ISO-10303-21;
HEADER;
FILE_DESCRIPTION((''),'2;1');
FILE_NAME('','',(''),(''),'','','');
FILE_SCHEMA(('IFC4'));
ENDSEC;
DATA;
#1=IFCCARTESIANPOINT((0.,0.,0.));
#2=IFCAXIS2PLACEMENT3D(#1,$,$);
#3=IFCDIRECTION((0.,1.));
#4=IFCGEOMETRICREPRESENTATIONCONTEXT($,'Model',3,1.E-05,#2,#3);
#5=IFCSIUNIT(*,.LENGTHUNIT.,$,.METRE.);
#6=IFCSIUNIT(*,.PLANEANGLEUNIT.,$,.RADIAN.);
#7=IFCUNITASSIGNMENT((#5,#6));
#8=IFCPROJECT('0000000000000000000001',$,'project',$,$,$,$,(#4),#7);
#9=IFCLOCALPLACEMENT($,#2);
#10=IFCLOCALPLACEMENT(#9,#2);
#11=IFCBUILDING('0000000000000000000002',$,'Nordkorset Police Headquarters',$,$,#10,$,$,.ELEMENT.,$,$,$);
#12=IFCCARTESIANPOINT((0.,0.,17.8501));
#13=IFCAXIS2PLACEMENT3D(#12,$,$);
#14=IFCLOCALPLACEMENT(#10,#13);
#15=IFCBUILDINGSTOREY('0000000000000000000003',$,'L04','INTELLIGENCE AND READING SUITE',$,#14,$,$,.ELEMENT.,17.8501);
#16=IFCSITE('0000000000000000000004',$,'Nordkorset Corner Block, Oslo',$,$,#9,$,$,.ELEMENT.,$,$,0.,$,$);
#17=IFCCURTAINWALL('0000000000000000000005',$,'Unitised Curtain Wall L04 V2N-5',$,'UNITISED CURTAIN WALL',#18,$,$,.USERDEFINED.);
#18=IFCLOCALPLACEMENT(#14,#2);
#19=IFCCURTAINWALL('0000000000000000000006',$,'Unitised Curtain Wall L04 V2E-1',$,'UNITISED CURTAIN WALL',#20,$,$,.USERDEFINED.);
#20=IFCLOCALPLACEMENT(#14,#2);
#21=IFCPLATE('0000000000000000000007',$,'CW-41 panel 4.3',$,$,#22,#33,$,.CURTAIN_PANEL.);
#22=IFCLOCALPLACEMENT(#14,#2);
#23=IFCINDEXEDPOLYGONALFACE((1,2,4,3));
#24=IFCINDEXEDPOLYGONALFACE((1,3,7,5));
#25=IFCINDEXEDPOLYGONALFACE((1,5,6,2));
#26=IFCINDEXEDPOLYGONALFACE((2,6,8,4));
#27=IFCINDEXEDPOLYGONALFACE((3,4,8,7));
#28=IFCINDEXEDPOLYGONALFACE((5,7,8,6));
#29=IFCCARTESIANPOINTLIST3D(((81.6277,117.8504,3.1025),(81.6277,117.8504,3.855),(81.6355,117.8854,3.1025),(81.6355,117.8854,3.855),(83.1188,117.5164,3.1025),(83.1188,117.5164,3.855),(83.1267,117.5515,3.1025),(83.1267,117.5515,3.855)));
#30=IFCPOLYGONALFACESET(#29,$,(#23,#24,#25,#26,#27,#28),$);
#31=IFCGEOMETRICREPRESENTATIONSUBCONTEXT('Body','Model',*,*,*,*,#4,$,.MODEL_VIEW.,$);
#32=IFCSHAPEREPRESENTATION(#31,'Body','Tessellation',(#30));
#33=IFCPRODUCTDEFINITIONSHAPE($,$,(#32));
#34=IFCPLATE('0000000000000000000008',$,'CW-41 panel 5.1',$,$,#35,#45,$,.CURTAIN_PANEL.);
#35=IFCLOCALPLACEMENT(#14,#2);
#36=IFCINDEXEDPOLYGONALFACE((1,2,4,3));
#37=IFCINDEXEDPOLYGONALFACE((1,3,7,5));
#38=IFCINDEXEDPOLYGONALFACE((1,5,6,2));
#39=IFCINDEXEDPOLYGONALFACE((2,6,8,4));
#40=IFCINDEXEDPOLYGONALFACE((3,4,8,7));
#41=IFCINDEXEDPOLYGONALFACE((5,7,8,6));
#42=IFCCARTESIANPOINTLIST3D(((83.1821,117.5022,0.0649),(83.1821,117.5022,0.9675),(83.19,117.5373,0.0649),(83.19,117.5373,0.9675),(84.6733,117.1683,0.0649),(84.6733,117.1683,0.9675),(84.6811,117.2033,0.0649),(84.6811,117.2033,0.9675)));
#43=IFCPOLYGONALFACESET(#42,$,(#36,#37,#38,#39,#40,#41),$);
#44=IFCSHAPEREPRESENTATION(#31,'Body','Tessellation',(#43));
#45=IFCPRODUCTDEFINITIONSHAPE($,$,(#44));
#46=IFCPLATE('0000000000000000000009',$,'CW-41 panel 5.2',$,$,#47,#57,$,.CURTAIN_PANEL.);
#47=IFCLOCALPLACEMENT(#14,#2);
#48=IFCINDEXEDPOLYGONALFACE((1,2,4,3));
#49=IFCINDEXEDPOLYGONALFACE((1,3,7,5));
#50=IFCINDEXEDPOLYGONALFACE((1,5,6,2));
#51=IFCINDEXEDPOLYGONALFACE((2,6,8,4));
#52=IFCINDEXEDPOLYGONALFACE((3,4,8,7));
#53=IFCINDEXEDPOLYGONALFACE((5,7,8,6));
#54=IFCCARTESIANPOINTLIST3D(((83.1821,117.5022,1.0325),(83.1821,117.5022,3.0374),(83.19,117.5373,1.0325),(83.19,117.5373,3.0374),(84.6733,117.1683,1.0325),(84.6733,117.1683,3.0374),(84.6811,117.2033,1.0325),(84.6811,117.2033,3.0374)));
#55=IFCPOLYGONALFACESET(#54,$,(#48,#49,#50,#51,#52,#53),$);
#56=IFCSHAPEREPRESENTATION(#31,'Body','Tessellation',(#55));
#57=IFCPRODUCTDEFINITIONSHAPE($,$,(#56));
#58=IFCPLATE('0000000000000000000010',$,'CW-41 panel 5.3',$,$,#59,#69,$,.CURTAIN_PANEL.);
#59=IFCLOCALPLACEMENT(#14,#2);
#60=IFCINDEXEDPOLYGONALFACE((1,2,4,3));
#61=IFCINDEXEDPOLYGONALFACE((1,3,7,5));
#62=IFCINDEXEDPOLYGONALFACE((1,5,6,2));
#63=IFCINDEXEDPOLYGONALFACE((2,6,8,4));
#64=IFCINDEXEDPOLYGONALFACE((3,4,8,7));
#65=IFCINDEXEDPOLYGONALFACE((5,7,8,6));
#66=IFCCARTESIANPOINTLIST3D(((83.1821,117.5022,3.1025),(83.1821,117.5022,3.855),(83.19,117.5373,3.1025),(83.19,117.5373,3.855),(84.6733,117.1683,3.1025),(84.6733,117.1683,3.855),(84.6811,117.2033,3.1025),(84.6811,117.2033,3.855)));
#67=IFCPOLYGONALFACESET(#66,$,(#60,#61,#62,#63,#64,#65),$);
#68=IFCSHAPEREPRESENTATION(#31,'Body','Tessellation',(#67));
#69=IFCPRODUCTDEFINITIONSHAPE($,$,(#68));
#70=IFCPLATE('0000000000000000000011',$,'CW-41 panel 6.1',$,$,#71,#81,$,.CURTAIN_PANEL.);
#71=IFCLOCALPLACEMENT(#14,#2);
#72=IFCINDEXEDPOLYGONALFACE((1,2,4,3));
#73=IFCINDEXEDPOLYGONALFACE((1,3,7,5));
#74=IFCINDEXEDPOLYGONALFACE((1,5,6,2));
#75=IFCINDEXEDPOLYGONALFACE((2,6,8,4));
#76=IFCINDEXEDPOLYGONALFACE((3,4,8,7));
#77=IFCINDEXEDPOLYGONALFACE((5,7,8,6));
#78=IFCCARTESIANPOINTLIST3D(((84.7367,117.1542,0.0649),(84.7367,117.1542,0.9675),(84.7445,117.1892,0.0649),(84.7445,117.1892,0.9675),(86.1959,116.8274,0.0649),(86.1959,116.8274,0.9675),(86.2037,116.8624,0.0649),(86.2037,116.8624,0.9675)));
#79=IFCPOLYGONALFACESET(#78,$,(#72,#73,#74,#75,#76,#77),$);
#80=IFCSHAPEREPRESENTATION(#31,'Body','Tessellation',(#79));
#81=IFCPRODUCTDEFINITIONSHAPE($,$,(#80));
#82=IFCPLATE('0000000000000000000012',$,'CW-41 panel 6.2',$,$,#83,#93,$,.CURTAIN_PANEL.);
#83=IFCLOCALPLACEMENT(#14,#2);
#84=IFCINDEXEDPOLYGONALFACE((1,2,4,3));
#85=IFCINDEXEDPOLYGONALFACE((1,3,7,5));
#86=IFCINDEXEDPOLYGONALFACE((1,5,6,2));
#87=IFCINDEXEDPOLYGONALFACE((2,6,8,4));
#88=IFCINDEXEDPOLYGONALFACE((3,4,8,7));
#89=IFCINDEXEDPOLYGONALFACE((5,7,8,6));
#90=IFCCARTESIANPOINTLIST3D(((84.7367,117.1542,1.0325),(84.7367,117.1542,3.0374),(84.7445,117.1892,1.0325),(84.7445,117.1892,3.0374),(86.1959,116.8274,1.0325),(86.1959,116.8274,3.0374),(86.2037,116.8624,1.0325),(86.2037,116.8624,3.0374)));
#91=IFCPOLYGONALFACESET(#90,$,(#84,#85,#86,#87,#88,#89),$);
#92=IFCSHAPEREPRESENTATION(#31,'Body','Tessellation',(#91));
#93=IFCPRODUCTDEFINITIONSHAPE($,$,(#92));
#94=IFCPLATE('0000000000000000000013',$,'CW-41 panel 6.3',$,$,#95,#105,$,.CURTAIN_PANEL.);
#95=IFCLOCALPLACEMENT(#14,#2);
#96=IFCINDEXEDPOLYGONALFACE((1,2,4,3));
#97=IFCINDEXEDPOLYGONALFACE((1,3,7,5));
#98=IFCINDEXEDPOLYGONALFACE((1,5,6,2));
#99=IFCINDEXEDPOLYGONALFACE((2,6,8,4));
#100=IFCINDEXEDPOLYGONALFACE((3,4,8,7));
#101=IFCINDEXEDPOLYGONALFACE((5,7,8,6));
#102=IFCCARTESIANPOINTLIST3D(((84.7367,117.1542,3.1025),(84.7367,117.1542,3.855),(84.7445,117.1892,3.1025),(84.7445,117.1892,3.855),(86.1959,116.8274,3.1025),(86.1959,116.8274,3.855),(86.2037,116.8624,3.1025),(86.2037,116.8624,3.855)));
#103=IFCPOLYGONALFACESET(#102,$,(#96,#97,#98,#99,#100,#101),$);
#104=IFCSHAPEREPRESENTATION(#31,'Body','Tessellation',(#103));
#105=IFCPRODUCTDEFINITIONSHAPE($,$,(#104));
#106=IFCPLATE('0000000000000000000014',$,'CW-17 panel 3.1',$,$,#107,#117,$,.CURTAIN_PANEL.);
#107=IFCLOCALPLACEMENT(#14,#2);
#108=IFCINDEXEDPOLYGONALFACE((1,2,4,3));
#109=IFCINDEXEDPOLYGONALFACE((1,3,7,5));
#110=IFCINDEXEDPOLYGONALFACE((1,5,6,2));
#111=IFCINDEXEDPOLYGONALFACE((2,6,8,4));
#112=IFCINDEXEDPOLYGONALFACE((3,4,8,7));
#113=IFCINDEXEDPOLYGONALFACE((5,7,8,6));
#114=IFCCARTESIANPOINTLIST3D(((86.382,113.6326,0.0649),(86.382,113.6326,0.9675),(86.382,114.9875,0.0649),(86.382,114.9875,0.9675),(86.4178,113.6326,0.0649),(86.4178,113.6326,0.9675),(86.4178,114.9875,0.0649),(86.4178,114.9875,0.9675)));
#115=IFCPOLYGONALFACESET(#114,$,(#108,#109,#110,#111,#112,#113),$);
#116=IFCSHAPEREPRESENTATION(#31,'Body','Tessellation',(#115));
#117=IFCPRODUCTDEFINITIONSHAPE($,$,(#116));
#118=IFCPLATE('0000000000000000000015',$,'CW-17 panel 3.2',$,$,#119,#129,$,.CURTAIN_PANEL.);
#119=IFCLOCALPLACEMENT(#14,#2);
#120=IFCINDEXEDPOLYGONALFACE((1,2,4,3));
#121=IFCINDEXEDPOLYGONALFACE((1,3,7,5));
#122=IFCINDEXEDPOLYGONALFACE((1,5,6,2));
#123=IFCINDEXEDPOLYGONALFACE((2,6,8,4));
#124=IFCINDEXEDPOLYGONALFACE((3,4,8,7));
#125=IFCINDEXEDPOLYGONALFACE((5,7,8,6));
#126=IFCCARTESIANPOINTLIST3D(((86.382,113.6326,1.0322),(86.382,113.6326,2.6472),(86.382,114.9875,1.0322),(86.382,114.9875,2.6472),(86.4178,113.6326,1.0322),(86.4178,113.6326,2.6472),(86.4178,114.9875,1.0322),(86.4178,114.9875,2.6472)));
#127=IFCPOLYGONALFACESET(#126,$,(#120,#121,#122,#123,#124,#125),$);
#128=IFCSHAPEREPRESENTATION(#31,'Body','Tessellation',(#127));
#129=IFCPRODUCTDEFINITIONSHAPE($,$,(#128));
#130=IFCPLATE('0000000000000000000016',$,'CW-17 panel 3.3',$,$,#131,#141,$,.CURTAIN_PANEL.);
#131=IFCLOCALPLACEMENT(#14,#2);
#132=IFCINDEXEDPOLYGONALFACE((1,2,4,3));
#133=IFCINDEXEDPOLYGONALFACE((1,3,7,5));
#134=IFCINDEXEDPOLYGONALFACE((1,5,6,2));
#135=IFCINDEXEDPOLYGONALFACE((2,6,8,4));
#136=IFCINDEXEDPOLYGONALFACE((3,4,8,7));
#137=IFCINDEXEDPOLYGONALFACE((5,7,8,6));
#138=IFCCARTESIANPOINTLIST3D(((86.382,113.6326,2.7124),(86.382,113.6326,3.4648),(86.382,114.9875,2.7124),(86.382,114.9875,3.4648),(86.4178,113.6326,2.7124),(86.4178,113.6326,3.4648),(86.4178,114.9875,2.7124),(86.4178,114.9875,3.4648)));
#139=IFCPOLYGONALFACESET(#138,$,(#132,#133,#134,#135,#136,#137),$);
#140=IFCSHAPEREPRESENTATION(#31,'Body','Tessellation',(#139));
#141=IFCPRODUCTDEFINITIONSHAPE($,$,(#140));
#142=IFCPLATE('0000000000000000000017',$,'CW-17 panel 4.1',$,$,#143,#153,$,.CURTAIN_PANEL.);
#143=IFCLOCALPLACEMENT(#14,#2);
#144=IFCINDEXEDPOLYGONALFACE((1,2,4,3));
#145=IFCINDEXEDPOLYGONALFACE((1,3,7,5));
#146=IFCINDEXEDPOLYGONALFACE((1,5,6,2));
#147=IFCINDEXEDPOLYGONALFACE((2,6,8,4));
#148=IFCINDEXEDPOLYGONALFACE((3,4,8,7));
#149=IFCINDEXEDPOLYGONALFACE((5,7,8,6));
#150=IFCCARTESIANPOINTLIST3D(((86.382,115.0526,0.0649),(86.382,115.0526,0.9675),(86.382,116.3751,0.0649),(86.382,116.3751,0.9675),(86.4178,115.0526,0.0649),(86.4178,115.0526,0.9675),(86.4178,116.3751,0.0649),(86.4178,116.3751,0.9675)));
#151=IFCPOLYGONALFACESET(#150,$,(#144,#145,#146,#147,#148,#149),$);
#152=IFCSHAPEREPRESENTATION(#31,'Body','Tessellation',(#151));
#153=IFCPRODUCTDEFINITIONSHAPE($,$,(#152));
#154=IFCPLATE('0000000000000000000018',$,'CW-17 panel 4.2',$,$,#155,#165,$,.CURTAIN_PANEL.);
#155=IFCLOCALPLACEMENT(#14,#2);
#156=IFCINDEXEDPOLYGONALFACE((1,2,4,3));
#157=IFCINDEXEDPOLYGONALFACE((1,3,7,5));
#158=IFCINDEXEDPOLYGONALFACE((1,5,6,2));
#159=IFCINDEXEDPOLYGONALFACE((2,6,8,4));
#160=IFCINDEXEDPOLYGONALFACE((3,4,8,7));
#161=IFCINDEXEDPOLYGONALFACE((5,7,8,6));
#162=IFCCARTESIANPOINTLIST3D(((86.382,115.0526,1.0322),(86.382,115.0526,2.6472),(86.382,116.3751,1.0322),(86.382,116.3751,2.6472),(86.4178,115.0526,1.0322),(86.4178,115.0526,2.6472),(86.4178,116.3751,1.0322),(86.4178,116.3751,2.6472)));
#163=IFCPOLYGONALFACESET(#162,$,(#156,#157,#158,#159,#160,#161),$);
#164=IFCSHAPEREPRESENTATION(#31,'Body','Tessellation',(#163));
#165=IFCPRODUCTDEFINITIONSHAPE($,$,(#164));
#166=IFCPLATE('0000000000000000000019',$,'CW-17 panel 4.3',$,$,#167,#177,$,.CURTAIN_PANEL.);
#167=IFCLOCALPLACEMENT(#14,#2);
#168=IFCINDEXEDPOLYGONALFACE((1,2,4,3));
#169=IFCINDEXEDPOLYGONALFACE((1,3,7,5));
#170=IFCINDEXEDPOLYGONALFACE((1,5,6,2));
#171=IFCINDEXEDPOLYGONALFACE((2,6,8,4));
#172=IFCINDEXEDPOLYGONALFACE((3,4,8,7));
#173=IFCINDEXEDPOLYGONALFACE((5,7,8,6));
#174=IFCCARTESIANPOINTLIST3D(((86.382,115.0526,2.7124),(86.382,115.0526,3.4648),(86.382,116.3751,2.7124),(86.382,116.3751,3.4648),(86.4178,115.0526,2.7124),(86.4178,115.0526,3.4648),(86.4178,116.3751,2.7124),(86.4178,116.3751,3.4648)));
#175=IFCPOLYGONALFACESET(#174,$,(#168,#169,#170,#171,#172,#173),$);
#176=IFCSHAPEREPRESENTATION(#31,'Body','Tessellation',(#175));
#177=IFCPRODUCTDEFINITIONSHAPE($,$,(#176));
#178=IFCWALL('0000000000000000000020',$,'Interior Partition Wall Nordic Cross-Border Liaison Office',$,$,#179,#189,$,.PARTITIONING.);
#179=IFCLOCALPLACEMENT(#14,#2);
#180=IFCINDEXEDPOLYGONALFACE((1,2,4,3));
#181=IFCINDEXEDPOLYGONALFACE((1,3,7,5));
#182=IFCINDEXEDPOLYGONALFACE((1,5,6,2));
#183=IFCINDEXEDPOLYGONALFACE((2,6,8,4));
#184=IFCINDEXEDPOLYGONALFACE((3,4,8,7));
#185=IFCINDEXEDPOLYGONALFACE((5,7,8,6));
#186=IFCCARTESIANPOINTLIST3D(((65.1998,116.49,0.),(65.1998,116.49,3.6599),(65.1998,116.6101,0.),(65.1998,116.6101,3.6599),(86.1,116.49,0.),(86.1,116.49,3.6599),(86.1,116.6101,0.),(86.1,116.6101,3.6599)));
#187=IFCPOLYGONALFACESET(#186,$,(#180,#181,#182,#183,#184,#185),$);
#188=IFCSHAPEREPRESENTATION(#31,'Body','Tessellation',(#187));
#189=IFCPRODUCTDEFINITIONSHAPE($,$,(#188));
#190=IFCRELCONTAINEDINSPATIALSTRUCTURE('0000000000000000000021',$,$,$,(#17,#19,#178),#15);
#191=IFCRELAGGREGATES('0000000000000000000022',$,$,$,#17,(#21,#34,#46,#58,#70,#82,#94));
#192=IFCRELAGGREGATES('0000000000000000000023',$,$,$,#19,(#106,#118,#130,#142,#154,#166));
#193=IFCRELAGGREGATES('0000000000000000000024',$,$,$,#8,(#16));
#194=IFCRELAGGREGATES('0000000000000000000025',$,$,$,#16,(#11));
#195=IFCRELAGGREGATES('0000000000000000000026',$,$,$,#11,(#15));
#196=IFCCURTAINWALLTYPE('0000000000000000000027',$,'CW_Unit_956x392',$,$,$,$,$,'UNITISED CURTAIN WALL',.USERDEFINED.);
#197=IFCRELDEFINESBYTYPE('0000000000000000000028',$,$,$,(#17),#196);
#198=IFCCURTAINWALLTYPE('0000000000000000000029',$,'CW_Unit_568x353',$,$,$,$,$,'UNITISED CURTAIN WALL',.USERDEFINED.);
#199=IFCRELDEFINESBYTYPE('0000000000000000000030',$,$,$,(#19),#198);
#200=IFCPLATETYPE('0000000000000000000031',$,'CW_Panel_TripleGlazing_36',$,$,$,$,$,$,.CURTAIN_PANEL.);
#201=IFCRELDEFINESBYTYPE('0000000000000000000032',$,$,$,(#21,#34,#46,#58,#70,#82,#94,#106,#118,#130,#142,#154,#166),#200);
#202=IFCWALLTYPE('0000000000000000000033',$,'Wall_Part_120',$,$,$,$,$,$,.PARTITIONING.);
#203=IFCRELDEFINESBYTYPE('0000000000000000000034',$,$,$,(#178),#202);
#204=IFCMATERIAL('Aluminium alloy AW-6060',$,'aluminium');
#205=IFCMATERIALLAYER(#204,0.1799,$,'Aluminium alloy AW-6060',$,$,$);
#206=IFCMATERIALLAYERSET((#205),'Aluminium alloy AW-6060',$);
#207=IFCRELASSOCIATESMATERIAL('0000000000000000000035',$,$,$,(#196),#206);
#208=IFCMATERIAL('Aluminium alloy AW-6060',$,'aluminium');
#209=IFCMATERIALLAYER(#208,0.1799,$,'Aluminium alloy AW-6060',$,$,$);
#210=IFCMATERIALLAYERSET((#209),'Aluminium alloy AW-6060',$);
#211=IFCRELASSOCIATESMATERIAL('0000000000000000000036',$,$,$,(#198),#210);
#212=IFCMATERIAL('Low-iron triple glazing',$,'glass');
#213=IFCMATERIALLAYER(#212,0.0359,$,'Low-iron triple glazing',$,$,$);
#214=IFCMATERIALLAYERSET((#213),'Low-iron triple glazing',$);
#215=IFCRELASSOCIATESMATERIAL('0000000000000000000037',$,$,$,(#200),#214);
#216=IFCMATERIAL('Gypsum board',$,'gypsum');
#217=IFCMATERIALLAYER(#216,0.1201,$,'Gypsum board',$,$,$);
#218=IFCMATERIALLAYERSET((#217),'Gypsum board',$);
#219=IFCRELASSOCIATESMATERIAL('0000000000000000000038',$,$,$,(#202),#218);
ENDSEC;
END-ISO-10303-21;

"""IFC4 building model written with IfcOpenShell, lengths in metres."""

from ifc_helpers import new_model, si_unit, direction, frame, frame_2d, origin, origin_2d, place, context, subcontext, project, spatial, rectangle, extrude, material, layer, layer_set, type_object, element, aggregate, save


model = new_model("IFC4")

# Units and contexts
model_context = context("Model", 3, precision=1e-05, world=origin(), true_north=direction((0.0, 1.0)))
body_context = subcontext(model_context, "Body", "Model", "MODEL_VIEW")
ifc_project = project(units=[si_unit("LENGTHUNIT", "METRE"), si_unit("PLANEANGLEUNIT", "RADIAN")], contexts=[model_context])

# Site, building, storey
site_placement = place(None, origin())
site = spatial("IfcSite", under=ifc_project, at=site_placement, Name="Nordkorset Corner Block, Oslo", CompositionType="ELEMENT", RefElevation=0.0)
building_placement = place(site_placement, origin())
building = spatial("IfcBuilding", under=site, at=building_placement, Name="Nordkorset Police Headquarters", CompositionType="ELEMENT")
storey_placement = place(building_placement, frame((0.0, 0.0, 17.8501)))
storey = spatial("IfcBuildingStorey", under=building, at=storey_placement, Name="L04", Description="INTELLIGENCE AND READING SUITE", CompositionType="ELEMENT", Elevation=17.8501)

# Curtain walls
ifc_material_1 = material(Name="Aluminium alloy AW-6060", Category="aluminium")
ifc_layer_1 = layer(ifc_material_1, 0.1799, Name="Aluminium alloy AW-6060")
ifc_layer_set_1 = layer_set([ifc_layer_1], Name="Aluminium alloy AW-6060")
curtain_wall_type_1 = type_object("IfcCurtainWallType", Name="CW_Unit_956x392", ElementType="UNITISED CURTAIN WALL", PredefinedType="USERDEFINED", material=ifc_layer_set_1)
curtain_wall_1_placement = place(storey_placement, origin())
curtain_wall_1 = element("IfcCurtainWall", 1, at=curtain_wall_1_placement, inside=storey, type_object=curtain_wall_type_1, Name="Unitised Curtain Wall L04 V2N-5", ObjectType="UNITISED CURTAIN WALL", PredefinedType="USERDEFINED")
ifc_material_2 = material(Name="Aluminium alloy AW-6060", Category="aluminium")
ifc_layer_2 = layer(ifc_material_2, 0.1799, Name="Aluminium alloy AW-6060")
ifc_layer_set_2 = layer_set([ifc_layer_2], Name="Aluminium alloy AW-6060")
curtain_wall_type_2 = type_object("IfcCurtainWallType", Name="CW_Unit_568x353", ElementType="UNITISED CURTAIN WALL", PredefinedType="USERDEFINED", material=ifc_layer_set_2)
curtain_wall_2_placement = place(storey_placement, origin())
curtain_wall_2 = element("IfcCurtainWall", 2, at=curtain_wall_2_placement, inside=storey, type_object=curtain_wall_type_2, Name="Unitised Curtain Wall L04 V2E-1", ObjectType="UNITISED CURTAIN WALL", PredefinedType="USERDEFINED")

# Plates
ifc_material_3 = material(Name="Low-iron triple glazing", Category="glass")
ifc_layer_3 = layer(ifc_material_3, 0.0359, Name="Low-iron triple glazing")
ifc_layer_set_3 = layer_set([ifc_layer_3], Name="Low-iron triple glazing")
plate_type = type_object("IfcPlateType", Name="CW_Panel_TripleGlazing_36", PredefinedType="CURTAIN_PANEL", material=ifc_layer_set_3)
plate_1_placement = place(storey_placement, frame((82.3772, 117.7009, 3.1025), z_axis=(0.0, 0.0, 1.0), x_axis=(0.975827, -0.218544, 0.0)))
plate_1 = element("IfcPlate", 3, at=plate_1_placement, type_object=plate_type, Name="CW-41 panel 4.3", PredefinedType="CURTAIN_PANEL", context=body_context, shape_type="SweptSolid", body=[
    extrude(rectangle(XDim=1.5281, YDim=0.0359, at=origin_2d()), origin(), (0.0, 0.0, 1.0), 0.7524),
])
plate_2_placement = place(storey_placement, frame((83.9316, 117.3528, 0.0649), z_axis=(0.0, 0.0, 1.0), x_axis=(0.975827, -0.218544, 0.0)))
plate_2 = element("IfcPlate", 4, at=plate_2_placement, type_object=plate_type, Name="CW-41 panel 5.1", PredefinedType="CURTAIN_PANEL", context=body_context, shape_type="SweptSolid", body=[
    extrude(rectangle(XDim=1.5281, YDim=0.0359, at=origin_2d()), origin(), (0.0, 0.0, 1.0), 0.9026),
])
plate_3_placement = place(storey_placement, frame((83.9316, 117.3528, 1.0325), z_axis=(0.0, 0.0, 1.0), x_axis=(0.975827, -0.218544, 0.0)))
plate_3 = element("IfcPlate", 5, at=plate_3_placement, type_object=plate_type, Name="CW-41 panel 5.2", PredefinedType="CURTAIN_PANEL", context=body_context, shape_type="SweptSolid", body=[
    extrude(rectangle(XDim=1.5281, YDim=0.0359, at=origin_2d()), origin(), (0.0, 0.0, 1.0), 2.0049),
])
plate_4_placement = place(storey_placement, frame((83.9316, 117.3528, 3.1025), z_axis=(0.0, 0.0, 1.0), x_axis=(0.975827, -0.218544, 0.0)))
plate_4 = element("IfcPlate", 6, at=plate_4_placement, type_object=plate_type, Name="CW-41 panel 5.3", PredefinedType="CURTAIN_PANEL", context=body_context, shape_type="SweptSolid", body=[
    extrude(rectangle(XDim=1.5281, YDim=0.0359, at=origin_2d()), origin(), (0.0, 0.0, 1.0), 0.7524),
])
plate_5_placement = place(storey_placement, frame((85.4702, 117.0083, 0.0649), z_axis=(0.0, 0.0, 1.0), x_axis=(0.975827, -0.218544, 0.0)))
plate_5 = element("IfcPlate", 7, at=plate_5_placement, type_object=plate_type, Name="CW-41 panel 6.1", PredefinedType="CURTAIN_PANEL", context=body_context, shape_type="SweptSolid", body=[
    extrude(rectangle(XDim=1.4954, YDim=0.0359, at=origin_2d()), origin(), (0.0, 0.0, 1.0), 0.9026),
])
plate_6_placement = place(storey_placement, frame((85.4702, 117.0083, 1.0325), z_axis=(0.0, 0.0, 1.0), x_axis=(0.975827, -0.218544, 0.0)))
plate_6 = element("IfcPlate", 8, at=plate_6_placement, type_object=plate_type, Name="CW-41 panel 6.2", PredefinedType="CURTAIN_PANEL", context=body_context, shape_type="SweptSolid", body=[
    extrude(rectangle(XDim=1.4954, YDim=0.0359, at=origin_2d()), origin(), (0.0, 0.0, 1.0), 2.0049),
])
plate_7_placement = place(storey_placement, frame((85.4702, 117.0083, 3.1025), z_axis=(0.0, 0.0, 1.0), x_axis=(0.975827, -0.218544, 0.0)))
plate_7 = element("IfcPlate", 9, at=plate_7_placement, type_object=plate_type, Name="CW-41 panel 6.3", PredefinedType="CURTAIN_PANEL", context=body_context, shape_type="SweptSolid", body=[
    extrude(rectangle(XDim=1.4954, YDim=0.0359, at=origin_2d()), origin(), (0.0, 0.0, 1.0), 0.7524),
])
aggregate(curtain_wall_1, [plate_1, plate_2, plate_3, plate_4, plate_5, plate_6, plate_7])
plate_8_placement = place(storey_placement, frame((86.3999, 114.3101, 0.0649), z_axis=(0.0, 0.0, 1.0), x_axis=(0.0, 1.0, 0.0)))
plate_8 = element("IfcPlate", 10, at=plate_8_placement, type_object=plate_type, Name="CW-17 panel 3.1", PredefinedType="CURTAIN_PANEL", context=body_context, shape_type="SweptSolid", body=[
    extrude(rectangle(XDim=1.355, YDim=0.0359, at=origin_2d()), origin(), (0.0, 0.0, 1.0), 0.9026),
])
plate_9_placement = place(storey_placement, frame((86.3999, 114.3101, 1.0322), z_axis=(0.0, 0.0, 1.0), x_axis=(0.0, 1.0, 0.0)))
plate_9 = element("IfcPlate", 11, at=plate_9_placement, type_object=plate_type, Name="CW-17 panel 3.2", PredefinedType="CURTAIN_PANEL", context=body_context, shape_type="SweptSolid", body=[
    extrude(rectangle(XDim=1.355, YDim=0.0359, at=origin_2d()), origin(), (0.0, 0.0, 1.0), 1.615),
])
plate_10_placement = place(storey_placement, frame((86.3999, 114.3101, 2.7124), z_axis=(0.0, 0.0, 1.0), x_axis=(0.0, 1.0, 0.0)))
plate_10 = element("IfcPlate", 12, at=plate_10_placement, type_object=plate_type, Name="CW-17 panel 3.3", PredefinedType="CURTAIN_PANEL", context=body_context, shape_type="SweptSolid", body=[
    extrude(rectangle(XDim=1.355, YDim=0.0359, at=origin_2d()), origin(), (0.0, 0.0, 1.0), 0.7524),
])
plate_11_placement = place(storey_placement, frame((86.3999, 115.7139, 0.0649), z_axis=(0.0, 0.0, 1.0), x_axis=(0.0, 1.0, 0.0)))
plate_11 = element("IfcPlate", 13, at=plate_11_placement, type_object=plate_type, Name="CW-17 panel 4.1", PredefinedType="CURTAIN_PANEL", context=body_context, shape_type="SweptSolid", body=[
    extrude(rectangle(XDim=1.3225, YDim=0.0359, at=origin_2d()), origin(), (0.0, 0.0, 1.0), 0.9026),
])
plate_12_placement = place(storey_placement, frame((86.3999, 115.7139, 1.0322), z_axis=(0.0, 0.0, 1.0), x_axis=(0.0, 1.0, 0.0)))
plate_12 = element("IfcPlate", 14, at=plate_12_placement, type_object=plate_type, Name="CW-17 panel 4.2", PredefinedType="CURTAIN_PANEL", context=body_context, shape_type="SweptSolid", body=[
    extrude(rectangle(XDim=1.3225, YDim=0.0359, at=origin_2d()), origin(), (0.0, 0.0, 1.0), 1.615),
])
plate_13_placement = place(storey_placement, frame((86.3999, 115.7139, 2.7124), z_axis=(0.0, 0.0, 1.0), x_axis=(0.0, 1.0, 0.0)))
plate_13 = element("IfcPlate", 15, at=plate_13_placement, type_object=plate_type, Name="CW-17 panel 4.3", PredefinedType="CURTAIN_PANEL", context=body_context, shape_type="SweptSolid", body=[
    extrude(rectangle(XDim=1.3225, YDim=0.0359, at=origin_2d()), origin(), (0.0, 0.0, 1.0), 0.7524),
])
aggregate(curtain_wall_2, [plate_8, plate_9, plate_10, plate_11, plate_12, plate_13])

# Wall
ifc_material_4 = material(Name="Gypsum board", Category="gypsum")
ifc_layer_4 = layer(ifc_material_4, 0.1201, Name="Gypsum board")
ifc_layer_set_4 = layer_set([ifc_layer_4], Name="Gypsum board")
wall_type = type_object("IfcWallType", Name="Wall_Part_120", PredefinedType="PARTITIONING", material=ifc_layer_set_4)
wall_placement = place(storey_placement, frame((86.1001, 116.55, 0.0), z_axis=(0.0, 0.0, 1.0), x_axis=(-1.0, 0.0, 0.0)))
element("IfcWall", 16, at=wall_placement, inside=storey, type_object=wall_type, Name="Interior Partition Wall Nordic Cross-Border Liaison Office", PredefinedType="PARTITIONING", context=body_context, shape_type="SweptSolid", body=[
    extrude(rectangle(XDim=20.9001, YDim=0.1201, at=frame_2d((10.4502, 0.0))), origin(), (0.0, 0.0, 1.0), 3.6599),
])

save(model, "model.ifc")
